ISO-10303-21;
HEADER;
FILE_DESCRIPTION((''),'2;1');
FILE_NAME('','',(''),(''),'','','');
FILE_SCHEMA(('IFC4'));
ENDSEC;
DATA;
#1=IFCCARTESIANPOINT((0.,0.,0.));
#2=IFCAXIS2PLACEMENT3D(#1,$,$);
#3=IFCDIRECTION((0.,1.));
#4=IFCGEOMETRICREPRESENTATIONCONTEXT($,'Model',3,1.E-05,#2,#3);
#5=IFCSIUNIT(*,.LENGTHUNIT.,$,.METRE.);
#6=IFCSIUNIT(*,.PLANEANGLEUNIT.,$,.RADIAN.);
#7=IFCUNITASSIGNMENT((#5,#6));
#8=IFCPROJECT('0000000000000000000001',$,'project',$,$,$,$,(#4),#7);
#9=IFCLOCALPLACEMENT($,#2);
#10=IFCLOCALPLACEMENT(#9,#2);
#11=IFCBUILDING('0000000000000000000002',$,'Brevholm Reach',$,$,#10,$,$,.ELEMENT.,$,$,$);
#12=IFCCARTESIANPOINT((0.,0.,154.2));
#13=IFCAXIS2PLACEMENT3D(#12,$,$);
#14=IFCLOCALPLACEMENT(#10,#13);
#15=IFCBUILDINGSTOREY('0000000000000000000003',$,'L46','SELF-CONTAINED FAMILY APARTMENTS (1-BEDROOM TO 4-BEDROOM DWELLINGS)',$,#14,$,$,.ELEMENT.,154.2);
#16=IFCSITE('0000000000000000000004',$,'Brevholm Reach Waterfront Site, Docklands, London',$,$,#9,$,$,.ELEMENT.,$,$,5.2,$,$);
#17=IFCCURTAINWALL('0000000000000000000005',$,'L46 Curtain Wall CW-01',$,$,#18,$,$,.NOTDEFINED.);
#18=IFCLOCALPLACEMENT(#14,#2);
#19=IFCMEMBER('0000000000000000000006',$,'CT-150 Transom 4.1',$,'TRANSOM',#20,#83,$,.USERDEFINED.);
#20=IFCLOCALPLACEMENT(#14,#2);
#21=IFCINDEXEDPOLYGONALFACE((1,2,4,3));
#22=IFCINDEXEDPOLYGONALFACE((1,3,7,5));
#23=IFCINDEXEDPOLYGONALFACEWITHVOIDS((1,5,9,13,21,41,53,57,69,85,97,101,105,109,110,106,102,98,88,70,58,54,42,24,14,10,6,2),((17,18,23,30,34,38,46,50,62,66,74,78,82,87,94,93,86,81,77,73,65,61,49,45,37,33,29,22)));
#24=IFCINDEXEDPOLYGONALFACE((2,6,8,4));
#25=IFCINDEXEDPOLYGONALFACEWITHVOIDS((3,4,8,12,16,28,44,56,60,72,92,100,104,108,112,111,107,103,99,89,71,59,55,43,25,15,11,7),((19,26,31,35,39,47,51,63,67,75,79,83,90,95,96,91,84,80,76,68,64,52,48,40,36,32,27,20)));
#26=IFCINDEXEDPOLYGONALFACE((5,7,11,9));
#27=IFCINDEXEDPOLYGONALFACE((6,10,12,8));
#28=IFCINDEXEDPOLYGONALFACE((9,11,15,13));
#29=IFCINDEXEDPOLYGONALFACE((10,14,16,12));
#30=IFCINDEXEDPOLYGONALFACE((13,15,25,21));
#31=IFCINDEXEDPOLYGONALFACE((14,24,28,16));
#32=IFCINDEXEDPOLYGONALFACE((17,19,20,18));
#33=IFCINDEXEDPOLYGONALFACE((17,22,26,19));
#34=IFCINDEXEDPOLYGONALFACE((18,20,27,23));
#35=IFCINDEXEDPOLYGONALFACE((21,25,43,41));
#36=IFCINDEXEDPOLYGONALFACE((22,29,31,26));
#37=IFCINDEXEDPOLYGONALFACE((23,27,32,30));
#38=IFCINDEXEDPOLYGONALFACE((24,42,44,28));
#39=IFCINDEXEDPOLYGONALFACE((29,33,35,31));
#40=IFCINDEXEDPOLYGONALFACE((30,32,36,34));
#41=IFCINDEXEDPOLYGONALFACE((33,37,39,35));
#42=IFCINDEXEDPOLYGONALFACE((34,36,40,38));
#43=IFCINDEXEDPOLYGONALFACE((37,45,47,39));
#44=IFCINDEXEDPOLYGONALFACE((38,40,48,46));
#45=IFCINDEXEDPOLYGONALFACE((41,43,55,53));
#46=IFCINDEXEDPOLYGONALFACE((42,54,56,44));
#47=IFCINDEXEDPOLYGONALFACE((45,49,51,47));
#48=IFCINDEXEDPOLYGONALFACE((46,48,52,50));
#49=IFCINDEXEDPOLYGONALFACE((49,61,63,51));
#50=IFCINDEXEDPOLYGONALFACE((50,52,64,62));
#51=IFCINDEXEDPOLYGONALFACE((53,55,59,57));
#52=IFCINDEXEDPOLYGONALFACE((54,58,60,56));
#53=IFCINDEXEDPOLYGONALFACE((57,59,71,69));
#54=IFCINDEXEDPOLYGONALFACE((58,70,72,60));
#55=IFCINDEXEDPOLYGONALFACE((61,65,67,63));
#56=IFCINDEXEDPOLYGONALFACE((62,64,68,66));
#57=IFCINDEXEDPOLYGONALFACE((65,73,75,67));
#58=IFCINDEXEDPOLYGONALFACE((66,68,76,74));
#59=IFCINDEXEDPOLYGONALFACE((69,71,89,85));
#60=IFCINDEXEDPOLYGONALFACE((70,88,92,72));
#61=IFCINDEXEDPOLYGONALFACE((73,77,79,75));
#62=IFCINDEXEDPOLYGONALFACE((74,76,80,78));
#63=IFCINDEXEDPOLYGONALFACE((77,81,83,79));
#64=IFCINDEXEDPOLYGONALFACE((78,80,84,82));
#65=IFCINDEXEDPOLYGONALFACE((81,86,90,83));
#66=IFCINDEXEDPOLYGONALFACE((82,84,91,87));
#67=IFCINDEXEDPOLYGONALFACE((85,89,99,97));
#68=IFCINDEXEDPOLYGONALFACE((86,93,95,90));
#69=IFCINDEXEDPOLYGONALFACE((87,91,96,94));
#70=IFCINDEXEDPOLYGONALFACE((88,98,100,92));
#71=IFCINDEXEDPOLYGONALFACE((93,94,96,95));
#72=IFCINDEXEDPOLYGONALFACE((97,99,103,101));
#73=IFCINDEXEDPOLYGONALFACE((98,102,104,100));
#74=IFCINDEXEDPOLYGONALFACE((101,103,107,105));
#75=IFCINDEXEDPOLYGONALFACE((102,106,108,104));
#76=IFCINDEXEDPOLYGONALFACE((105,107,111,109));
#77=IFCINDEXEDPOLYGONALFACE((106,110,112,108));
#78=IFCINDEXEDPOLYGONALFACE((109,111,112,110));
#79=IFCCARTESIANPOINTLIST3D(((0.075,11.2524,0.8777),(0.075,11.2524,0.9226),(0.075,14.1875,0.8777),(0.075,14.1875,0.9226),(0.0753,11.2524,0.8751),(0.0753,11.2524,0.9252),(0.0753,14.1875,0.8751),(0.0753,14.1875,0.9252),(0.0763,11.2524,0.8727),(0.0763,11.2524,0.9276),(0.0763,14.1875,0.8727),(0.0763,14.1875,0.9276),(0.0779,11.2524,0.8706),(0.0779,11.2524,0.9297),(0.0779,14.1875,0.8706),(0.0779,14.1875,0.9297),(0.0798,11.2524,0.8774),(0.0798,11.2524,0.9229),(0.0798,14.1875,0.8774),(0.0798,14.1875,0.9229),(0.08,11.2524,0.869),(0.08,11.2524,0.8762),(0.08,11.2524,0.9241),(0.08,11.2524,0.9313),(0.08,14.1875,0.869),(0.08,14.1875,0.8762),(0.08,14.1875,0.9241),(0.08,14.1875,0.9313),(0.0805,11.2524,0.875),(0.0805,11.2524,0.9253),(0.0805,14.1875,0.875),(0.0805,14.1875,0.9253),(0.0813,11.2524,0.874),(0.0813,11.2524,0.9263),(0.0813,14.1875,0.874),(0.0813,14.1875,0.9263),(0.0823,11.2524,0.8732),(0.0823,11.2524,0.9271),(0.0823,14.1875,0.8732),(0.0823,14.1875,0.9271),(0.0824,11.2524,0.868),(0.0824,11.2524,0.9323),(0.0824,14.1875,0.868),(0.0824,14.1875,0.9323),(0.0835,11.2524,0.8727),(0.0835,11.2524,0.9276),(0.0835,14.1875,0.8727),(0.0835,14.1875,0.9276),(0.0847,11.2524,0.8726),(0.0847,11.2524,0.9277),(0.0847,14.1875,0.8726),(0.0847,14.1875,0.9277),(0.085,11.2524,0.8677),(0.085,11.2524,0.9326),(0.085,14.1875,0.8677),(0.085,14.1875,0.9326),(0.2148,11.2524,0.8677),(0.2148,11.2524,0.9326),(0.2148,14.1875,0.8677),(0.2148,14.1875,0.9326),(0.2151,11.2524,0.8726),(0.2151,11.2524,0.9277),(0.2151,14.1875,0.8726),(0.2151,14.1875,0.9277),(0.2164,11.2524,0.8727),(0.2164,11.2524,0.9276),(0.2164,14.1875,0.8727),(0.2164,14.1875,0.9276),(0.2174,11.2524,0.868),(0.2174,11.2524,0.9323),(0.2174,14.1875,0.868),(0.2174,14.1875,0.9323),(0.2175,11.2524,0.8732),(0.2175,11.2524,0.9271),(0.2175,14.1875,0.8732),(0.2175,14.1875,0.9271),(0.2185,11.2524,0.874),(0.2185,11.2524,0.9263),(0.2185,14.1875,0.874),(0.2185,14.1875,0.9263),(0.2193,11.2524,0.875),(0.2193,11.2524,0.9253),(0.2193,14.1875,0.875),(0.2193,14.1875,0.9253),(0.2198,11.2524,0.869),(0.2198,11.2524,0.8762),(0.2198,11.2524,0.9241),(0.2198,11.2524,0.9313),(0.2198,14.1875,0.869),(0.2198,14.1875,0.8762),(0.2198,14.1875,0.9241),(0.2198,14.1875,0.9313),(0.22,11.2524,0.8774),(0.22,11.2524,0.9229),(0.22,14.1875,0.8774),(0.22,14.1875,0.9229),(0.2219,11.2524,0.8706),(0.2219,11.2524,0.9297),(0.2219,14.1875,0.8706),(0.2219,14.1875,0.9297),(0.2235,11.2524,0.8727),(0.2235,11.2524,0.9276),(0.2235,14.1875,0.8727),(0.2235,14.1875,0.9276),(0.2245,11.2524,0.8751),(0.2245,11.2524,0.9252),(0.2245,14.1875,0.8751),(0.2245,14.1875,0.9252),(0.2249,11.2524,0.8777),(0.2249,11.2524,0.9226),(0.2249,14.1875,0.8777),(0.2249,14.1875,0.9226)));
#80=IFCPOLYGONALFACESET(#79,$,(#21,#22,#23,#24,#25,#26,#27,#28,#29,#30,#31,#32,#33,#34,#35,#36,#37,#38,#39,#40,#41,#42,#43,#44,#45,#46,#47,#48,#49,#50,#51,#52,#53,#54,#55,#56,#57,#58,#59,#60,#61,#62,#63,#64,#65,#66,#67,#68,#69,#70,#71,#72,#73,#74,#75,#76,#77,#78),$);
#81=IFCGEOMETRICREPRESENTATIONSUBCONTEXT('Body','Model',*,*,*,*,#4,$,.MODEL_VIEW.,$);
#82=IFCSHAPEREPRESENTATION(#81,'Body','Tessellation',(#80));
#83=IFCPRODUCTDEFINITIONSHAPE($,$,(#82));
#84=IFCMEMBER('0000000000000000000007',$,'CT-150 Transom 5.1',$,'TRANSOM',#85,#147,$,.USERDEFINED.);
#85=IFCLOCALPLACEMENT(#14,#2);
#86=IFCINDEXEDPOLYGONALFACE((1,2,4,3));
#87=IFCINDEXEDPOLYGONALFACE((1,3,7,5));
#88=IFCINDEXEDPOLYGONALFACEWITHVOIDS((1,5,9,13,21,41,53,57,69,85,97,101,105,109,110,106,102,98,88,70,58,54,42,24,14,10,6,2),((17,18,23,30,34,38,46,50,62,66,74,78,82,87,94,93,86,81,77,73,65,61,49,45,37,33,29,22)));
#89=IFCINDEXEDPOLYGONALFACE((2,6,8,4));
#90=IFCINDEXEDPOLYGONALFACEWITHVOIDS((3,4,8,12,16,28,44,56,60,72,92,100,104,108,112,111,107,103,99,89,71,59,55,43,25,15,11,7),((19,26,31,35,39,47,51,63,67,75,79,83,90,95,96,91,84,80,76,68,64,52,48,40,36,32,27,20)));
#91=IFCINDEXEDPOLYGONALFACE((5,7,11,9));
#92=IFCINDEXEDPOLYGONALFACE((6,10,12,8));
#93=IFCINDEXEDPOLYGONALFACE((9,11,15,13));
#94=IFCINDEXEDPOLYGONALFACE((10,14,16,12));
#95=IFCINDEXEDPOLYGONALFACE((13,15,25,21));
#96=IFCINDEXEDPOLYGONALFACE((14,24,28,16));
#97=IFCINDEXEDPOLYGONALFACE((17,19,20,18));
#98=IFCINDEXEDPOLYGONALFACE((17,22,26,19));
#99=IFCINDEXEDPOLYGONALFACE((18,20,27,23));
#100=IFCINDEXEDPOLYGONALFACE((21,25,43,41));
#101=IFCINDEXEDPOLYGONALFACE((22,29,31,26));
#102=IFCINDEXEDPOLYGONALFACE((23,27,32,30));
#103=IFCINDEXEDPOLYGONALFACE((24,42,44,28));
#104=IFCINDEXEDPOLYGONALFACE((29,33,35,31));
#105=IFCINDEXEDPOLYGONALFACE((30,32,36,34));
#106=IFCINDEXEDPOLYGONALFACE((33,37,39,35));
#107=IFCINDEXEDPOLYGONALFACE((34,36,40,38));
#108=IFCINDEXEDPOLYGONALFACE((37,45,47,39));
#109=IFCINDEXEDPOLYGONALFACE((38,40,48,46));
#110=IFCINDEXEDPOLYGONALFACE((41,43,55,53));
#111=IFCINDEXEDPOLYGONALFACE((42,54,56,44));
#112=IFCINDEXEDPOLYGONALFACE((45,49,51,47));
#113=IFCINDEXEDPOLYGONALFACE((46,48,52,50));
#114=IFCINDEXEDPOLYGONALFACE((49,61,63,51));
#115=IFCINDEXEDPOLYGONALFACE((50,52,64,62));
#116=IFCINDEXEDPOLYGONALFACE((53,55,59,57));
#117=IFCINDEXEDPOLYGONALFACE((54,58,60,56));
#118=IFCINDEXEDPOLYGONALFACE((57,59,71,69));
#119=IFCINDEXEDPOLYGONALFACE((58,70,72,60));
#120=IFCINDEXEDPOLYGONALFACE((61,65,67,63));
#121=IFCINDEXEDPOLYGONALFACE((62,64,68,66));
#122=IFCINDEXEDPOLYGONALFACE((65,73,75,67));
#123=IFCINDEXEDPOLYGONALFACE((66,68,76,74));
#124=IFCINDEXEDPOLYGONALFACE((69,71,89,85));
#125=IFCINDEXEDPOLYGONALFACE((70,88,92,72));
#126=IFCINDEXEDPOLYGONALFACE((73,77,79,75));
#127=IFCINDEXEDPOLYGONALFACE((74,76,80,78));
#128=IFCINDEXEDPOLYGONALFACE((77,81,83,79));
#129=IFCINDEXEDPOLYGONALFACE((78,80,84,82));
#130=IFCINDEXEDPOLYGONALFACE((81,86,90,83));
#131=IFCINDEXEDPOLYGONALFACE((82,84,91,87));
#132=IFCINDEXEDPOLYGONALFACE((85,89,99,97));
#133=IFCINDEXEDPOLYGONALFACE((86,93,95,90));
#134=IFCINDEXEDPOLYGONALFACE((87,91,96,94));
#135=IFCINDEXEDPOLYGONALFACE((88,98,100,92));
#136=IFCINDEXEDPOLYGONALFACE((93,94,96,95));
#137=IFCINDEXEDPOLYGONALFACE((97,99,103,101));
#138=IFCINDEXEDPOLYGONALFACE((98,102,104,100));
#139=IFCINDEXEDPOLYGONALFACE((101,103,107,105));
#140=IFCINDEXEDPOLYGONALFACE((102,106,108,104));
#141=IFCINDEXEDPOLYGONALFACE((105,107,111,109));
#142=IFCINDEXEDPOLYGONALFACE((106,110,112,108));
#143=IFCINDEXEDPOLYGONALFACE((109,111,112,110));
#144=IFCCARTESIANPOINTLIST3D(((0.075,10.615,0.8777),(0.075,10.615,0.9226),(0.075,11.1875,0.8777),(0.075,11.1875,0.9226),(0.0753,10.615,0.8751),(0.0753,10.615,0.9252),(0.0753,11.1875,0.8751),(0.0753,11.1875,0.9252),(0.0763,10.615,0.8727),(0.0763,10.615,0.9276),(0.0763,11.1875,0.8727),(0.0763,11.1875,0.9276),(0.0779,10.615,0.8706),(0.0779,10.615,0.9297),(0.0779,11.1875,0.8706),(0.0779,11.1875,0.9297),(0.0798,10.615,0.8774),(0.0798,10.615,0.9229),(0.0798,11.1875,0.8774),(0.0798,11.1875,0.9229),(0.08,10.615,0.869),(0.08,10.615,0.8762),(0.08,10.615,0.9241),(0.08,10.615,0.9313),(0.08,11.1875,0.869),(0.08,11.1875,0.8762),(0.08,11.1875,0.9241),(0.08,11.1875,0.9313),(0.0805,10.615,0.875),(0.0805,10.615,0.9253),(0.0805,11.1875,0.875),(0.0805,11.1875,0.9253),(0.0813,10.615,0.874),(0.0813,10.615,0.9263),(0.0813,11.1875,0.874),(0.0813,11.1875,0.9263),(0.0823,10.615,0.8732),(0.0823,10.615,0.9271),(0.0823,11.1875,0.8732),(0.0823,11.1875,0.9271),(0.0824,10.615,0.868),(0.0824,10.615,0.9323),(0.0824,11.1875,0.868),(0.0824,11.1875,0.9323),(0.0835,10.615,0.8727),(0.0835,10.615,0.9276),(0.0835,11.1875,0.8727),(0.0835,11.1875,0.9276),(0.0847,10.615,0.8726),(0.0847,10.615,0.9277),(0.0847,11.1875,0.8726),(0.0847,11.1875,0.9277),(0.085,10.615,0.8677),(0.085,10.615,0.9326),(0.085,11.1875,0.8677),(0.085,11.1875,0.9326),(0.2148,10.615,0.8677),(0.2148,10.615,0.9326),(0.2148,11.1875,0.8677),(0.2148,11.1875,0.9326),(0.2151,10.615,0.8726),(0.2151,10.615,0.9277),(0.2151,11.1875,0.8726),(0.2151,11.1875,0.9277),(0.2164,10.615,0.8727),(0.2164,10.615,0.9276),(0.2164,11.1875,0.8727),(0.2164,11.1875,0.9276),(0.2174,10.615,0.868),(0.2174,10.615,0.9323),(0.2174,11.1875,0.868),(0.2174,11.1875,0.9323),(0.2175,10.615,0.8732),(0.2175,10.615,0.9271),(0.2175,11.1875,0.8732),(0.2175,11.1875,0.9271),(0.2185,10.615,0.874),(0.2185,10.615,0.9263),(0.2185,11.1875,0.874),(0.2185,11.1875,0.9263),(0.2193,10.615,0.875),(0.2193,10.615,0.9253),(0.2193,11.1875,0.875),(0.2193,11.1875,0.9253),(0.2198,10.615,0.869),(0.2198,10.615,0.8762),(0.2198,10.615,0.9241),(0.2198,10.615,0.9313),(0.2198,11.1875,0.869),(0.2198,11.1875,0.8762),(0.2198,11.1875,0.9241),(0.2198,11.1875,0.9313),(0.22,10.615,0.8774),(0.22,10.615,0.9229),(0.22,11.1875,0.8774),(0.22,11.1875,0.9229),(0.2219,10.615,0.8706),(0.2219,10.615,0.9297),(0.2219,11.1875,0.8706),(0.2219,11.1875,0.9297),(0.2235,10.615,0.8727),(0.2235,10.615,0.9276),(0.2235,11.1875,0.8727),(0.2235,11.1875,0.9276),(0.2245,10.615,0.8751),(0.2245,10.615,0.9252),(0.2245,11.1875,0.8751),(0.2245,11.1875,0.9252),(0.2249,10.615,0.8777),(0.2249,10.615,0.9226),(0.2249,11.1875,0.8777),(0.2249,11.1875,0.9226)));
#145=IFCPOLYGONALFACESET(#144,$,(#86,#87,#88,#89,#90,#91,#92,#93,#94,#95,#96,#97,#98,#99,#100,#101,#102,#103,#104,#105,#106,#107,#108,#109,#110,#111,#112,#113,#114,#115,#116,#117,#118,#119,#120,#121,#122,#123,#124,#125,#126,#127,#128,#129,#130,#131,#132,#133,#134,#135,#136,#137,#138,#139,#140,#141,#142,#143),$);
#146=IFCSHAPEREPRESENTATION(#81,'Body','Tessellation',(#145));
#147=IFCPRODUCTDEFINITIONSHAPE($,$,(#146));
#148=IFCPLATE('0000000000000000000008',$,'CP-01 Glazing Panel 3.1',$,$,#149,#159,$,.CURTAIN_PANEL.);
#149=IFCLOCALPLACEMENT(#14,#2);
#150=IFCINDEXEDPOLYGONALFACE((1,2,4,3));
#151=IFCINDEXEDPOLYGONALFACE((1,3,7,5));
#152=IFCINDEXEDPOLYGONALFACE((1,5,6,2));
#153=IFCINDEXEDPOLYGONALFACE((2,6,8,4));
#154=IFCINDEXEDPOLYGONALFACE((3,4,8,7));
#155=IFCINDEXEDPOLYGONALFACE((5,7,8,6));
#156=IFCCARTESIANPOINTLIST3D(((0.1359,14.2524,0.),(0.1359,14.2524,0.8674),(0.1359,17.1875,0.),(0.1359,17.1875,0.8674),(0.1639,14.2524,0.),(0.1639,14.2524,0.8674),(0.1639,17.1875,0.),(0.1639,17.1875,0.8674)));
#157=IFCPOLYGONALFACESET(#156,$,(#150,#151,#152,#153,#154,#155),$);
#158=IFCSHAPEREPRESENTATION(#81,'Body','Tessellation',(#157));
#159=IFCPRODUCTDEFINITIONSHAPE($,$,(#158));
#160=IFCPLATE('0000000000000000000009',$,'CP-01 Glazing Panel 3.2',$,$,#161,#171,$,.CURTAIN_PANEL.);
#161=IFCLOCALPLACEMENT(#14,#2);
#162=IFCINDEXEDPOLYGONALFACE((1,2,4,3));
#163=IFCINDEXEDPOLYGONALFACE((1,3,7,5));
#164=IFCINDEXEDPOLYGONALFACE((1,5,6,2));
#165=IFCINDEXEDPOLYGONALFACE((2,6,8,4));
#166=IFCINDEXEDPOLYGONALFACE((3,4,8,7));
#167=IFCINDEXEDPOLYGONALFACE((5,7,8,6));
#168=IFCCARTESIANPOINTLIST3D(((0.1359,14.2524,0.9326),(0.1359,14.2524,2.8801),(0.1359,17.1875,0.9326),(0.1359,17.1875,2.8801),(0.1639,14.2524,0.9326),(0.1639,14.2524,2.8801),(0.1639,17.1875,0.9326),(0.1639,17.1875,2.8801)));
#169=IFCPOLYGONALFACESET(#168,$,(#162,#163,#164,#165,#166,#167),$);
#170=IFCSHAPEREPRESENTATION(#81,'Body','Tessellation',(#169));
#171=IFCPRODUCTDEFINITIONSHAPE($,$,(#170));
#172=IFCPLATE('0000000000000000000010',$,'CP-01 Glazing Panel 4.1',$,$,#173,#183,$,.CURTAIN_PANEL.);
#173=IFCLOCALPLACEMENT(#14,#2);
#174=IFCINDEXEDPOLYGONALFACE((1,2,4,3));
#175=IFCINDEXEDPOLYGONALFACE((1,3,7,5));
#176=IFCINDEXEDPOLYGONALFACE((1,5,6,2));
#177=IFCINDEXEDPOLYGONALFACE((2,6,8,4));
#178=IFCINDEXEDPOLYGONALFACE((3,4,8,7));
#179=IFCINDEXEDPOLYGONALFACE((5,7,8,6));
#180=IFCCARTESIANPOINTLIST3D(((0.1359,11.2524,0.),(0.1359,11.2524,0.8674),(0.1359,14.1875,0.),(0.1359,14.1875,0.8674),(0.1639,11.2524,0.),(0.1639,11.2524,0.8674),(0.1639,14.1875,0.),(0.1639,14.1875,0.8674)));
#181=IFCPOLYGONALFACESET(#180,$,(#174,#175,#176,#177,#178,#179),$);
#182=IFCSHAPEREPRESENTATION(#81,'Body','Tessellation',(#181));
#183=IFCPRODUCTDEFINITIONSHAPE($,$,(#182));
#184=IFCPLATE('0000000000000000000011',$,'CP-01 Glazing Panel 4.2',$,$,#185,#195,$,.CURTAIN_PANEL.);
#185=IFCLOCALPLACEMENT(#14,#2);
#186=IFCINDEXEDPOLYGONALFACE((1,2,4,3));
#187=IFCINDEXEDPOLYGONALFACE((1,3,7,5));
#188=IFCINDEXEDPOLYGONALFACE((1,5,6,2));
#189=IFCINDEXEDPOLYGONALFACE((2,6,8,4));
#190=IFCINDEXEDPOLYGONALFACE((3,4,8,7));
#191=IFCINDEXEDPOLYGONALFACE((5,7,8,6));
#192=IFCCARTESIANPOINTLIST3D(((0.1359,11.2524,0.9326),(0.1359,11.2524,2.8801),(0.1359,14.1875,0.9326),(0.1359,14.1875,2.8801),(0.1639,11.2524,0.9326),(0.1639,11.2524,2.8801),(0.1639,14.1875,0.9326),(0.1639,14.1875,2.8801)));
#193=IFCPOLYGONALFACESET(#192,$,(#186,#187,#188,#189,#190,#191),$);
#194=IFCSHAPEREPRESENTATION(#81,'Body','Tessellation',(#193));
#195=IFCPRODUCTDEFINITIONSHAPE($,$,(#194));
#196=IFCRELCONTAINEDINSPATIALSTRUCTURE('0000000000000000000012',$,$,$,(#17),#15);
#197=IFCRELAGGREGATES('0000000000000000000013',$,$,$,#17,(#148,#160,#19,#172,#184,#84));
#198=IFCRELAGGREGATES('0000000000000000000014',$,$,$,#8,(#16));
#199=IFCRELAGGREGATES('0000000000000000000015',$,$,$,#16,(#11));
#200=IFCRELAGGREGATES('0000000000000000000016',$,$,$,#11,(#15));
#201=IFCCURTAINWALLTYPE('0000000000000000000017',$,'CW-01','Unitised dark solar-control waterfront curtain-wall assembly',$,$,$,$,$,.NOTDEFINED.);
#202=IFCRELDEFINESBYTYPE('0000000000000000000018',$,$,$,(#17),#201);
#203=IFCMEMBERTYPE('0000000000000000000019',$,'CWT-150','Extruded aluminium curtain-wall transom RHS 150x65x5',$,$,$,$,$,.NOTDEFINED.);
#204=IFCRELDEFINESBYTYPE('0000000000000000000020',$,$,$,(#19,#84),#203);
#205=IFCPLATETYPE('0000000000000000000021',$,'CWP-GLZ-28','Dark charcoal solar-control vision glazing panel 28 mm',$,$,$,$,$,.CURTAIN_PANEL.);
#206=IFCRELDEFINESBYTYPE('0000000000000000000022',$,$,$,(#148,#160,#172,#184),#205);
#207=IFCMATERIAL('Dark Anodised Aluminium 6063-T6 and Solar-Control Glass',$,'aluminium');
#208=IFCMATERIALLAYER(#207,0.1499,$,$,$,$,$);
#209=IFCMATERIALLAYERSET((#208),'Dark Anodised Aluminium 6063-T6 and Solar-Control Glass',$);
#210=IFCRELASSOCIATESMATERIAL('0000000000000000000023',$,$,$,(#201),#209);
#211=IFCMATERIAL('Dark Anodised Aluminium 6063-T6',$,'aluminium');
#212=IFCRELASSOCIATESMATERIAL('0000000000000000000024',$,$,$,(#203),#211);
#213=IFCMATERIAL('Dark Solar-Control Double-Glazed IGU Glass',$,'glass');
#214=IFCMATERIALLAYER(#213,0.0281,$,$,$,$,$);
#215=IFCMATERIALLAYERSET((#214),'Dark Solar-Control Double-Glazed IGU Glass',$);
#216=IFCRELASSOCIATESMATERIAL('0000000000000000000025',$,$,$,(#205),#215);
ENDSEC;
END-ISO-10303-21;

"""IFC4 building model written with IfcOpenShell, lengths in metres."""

from ifc_helpers import new_model, si_unit, direction, frame, origin, origin_2d, place, context, subcontext, project, spatial, rectangle, hollow_rectangle, extrude, material, layer, layer_set, material_profile, profile_set, type_object, element, aggregate, save


model = new_model("IFC4")

# Units and contexts
model_context = context("Model", 3, precision=1e-05, world=origin(), true_north=direction((0.0, 1.0)))
body_context = subcontext(model_context, "Body", "Model", "MODEL_VIEW")
ifc_project = project(units=[si_unit("LENGTHUNIT", "METRE"), si_unit("PLANEANGLEUNIT", "RADIAN")], contexts=[model_context])

# Site, building, storey
site_placement = place(None, origin())
site = spatial("IfcSite", under=ifc_project, at=site_placement, Name="Brevholm Reach Waterfront Site, Docklands, London", CompositionType="ELEMENT", RefElevation=5.2)
building_placement = place(site_placement, origin())
building = spatial("IfcBuilding", under=site, at=building_placement, Name="Brevholm Reach", CompositionType="ELEMENT")
storey_placement = place(building_placement, frame((0.0, 0.0, 154.2)))
storey = spatial("IfcBuildingStorey", under=building, at=storey_placement, Name="L46", Description="SELF-CONTAINED FAMILY APARTMENTS (1-BEDROOM TO 4-BEDROOM DWELLINGS)", CompositionType="ELEMENT", Elevation=154.2)

# Curtain wall, members, plates
ifc_material_1 = material(Name="Dark Anodised Aluminium 6063-T6 and Solar-Control Glass", Category="aluminium")
ifc_layer_1 = layer(ifc_material_1, 0.1499)
ifc_layer_set_1 = layer_set([ifc_layer_1], Name="Dark Anodised Aluminium 6063-T6 and Solar-Control Glass")
curtain_wall_type = type_object("IfcCurtainWallType", Name="CW-01", Description="Unitised dark solar-control waterfront curtain-wall assembly", PredefinedType="NOTDEFINED", material=ifc_layer_set_1)
curtain_wall_placement = place(storey_placement, origin())
curtain_wall = element("IfcCurtainWall", 1, at=curtain_wall_placement, inside=storey, type_object=curtain_wall_type, Name="L46 Curtain Wall CW-01", PredefinedType="NOTDEFINED")
ifc_material_2 = material(Name="Dark Anodised Aluminium 6063-T6", Category="aluminium")
ifc_material_profile_1 = material_profile(ifc_material_2, hollow_rectangle(XDim=0.0649, YDim=0.1499, WallThickness=0.0049, InnerFilletRadius=0.0049, OuterFilletRadius=0.01, at=origin_2d()), Name="RHS 150x65x5")
ifc_profile_set_1 = profile_set([ifc_material_profile_1], Name="Dark Anodised Aluminium 6063-T6")
member_type_1 = type_object("IfcMemberType", Name="CWT-150", Description="Extruded aluminium curtain-wall transom RHS 150x65x5", PredefinedType="NOTDEFINED", material=ifc_profile_set_1)
member_1_placement = place(storey_placement, frame((0.1499, 14.1875, 0.9001), z_axis=(0.0, -1.0, 0.0), x_axis=(0.0, 0.0, 1.0)))
member_1 = element("IfcMember", 2, at=member_1_placement, type_object=member_type_1, Name="CT-150 Transom 4.1", ObjectType="TRANSOM", PredefinedType="USERDEFINED", context=body_context, shape_type="SweptSolid", body=[
    extrude(hollow_rectangle(XDim=0.0649, YDim=0.1499, WallThickness=0.0049, InnerFilletRadius=0.0049, OuterFilletRadius=0.01, at=origin_2d()), origin(), (0.0, 0.0, 1.0), 2.9351),
])
member_2_placement = place(storey_placement, frame((0.1499, 11.1875, 0.9001), z_axis=(0.0, -1.0, 0.0), x_axis=(0.0, 0.0, 1.0)))
member_2 = element("IfcMember", 3, at=member_2_placement, type_object=member_type_1, Name="CT-150 Transom 5.1", ObjectType="TRANSOM", PredefinedType="USERDEFINED", context=body_context, shape_type="SweptSolid", body=[
    extrude(hollow_rectangle(XDim=0.0649, YDim=0.1499, WallThickness=0.0049, InnerFilletRadius=0.0049, OuterFilletRadius=0.01, at=origin_2d()), origin(), (0.0, 0.0, 1.0), 0.5725),
])
ifc_material_3 = material(Name="Dark Solar-Control Double-Glazed IGU Glass", Category="glass")
ifc_layer_2 = layer(ifc_material_3, 0.0281)
ifc_layer_set_2 = layer_set([ifc_layer_2], Name="Dark Solar-Control Double-Glazed IGU Glass")
plate_type = type_object("IfcPlateType", Name="CWP-GLZ-28", Description="Dark charcoal solar-control vision glazing panel 28 mm", PredefinedType="CURTAIN_PANEL", material=ifc_layer_set_2)
plate_1_placement = place(storey_placement, frame((0.1499, 15.72, 0.0), z_axis=(0.0, 0.0, 1.0), x_axis=(0.0, -1.0, 0.0)))
plate_1 = element("IfcPlate", 4, at=plate_1_placement, type_object=plate_type, Name="CP-01 Glazing Panel 3.1", PredefinedType="CURTAIN_PANEL", context=body_context, shape_type="SweptSolid", body=[
    extrude(rectangle(XDim=2.9351, YDim=0.0281, at=origin_2d()), origin(), (0.0, 0.0, 1.0), 0.8674),
])
plate_2_placement = place(storey_placement, frame((0.1499, 15.72, 0.9326), z_axis=(0.0, 0.0, 1.0), x_axis=(0.0, -1.0, 0.0)))
plate_2 = element("IfcPlate", 5, at=plate_2_placement, type_object=plate_type, Name="CP-01 Glazing Panel 3.2", PredefinedType="CURTAIN_PANEL", context=body_context, shape_type="SweptSolid", body=[
    extrude(rectangle(XDim=2.9351, YDim=0.0281, at=origin_2d()), origin(), (0.0, 0.0, 1.0), 1.9475),
])
plate_3_placement = place(storey_placement, frame((0.1499, 12.72, 0.0), z_axis=(0.0, 0.0, 1.0), x_axis=(0.0, -1.0, 0.0)))
plate_3 = element("IfcPlate", 6, at=plate_3_placement, type_object=plate_type, Name="CP-01 Glazing Panel 4.1", PredefinedType="CURTAIN_PANEL", context=body_context, shape_type="SweptSolid", body=[
    extrude(rectangle(XDim=2.9351, YDim=0.0281, at=origin_2d()), origin(), (0.0, 0.0, 1.0), 0.8674),
])
plate_4_placement = place(storey_placement, frame((0.1499, 12.72, 0.9326), z_axis=(0.0, 0.0, 1.0), x_axis=(0.0, -1.0, 0.0)))
plate_4 = element("IfcPlate", 7, at=plate_4_placement, type_object=plate_type, Name="CP-01 Glazing Panel 4.2", PredefinedType="CURTAIN_PANEL", context=body_context, shape_type="SweptSolid", body=[
    extrude(rectangle(XDim=2.9351, YDim=0.0281, at=origin_2d()), origin(), (0.0, 0.0, 1.0), 1.9475),
])
aggregate(curtain_wall, [plate_1, plate_2, member_1, plate_3, plate_4, member_2])

save(model, "model.ifc")
